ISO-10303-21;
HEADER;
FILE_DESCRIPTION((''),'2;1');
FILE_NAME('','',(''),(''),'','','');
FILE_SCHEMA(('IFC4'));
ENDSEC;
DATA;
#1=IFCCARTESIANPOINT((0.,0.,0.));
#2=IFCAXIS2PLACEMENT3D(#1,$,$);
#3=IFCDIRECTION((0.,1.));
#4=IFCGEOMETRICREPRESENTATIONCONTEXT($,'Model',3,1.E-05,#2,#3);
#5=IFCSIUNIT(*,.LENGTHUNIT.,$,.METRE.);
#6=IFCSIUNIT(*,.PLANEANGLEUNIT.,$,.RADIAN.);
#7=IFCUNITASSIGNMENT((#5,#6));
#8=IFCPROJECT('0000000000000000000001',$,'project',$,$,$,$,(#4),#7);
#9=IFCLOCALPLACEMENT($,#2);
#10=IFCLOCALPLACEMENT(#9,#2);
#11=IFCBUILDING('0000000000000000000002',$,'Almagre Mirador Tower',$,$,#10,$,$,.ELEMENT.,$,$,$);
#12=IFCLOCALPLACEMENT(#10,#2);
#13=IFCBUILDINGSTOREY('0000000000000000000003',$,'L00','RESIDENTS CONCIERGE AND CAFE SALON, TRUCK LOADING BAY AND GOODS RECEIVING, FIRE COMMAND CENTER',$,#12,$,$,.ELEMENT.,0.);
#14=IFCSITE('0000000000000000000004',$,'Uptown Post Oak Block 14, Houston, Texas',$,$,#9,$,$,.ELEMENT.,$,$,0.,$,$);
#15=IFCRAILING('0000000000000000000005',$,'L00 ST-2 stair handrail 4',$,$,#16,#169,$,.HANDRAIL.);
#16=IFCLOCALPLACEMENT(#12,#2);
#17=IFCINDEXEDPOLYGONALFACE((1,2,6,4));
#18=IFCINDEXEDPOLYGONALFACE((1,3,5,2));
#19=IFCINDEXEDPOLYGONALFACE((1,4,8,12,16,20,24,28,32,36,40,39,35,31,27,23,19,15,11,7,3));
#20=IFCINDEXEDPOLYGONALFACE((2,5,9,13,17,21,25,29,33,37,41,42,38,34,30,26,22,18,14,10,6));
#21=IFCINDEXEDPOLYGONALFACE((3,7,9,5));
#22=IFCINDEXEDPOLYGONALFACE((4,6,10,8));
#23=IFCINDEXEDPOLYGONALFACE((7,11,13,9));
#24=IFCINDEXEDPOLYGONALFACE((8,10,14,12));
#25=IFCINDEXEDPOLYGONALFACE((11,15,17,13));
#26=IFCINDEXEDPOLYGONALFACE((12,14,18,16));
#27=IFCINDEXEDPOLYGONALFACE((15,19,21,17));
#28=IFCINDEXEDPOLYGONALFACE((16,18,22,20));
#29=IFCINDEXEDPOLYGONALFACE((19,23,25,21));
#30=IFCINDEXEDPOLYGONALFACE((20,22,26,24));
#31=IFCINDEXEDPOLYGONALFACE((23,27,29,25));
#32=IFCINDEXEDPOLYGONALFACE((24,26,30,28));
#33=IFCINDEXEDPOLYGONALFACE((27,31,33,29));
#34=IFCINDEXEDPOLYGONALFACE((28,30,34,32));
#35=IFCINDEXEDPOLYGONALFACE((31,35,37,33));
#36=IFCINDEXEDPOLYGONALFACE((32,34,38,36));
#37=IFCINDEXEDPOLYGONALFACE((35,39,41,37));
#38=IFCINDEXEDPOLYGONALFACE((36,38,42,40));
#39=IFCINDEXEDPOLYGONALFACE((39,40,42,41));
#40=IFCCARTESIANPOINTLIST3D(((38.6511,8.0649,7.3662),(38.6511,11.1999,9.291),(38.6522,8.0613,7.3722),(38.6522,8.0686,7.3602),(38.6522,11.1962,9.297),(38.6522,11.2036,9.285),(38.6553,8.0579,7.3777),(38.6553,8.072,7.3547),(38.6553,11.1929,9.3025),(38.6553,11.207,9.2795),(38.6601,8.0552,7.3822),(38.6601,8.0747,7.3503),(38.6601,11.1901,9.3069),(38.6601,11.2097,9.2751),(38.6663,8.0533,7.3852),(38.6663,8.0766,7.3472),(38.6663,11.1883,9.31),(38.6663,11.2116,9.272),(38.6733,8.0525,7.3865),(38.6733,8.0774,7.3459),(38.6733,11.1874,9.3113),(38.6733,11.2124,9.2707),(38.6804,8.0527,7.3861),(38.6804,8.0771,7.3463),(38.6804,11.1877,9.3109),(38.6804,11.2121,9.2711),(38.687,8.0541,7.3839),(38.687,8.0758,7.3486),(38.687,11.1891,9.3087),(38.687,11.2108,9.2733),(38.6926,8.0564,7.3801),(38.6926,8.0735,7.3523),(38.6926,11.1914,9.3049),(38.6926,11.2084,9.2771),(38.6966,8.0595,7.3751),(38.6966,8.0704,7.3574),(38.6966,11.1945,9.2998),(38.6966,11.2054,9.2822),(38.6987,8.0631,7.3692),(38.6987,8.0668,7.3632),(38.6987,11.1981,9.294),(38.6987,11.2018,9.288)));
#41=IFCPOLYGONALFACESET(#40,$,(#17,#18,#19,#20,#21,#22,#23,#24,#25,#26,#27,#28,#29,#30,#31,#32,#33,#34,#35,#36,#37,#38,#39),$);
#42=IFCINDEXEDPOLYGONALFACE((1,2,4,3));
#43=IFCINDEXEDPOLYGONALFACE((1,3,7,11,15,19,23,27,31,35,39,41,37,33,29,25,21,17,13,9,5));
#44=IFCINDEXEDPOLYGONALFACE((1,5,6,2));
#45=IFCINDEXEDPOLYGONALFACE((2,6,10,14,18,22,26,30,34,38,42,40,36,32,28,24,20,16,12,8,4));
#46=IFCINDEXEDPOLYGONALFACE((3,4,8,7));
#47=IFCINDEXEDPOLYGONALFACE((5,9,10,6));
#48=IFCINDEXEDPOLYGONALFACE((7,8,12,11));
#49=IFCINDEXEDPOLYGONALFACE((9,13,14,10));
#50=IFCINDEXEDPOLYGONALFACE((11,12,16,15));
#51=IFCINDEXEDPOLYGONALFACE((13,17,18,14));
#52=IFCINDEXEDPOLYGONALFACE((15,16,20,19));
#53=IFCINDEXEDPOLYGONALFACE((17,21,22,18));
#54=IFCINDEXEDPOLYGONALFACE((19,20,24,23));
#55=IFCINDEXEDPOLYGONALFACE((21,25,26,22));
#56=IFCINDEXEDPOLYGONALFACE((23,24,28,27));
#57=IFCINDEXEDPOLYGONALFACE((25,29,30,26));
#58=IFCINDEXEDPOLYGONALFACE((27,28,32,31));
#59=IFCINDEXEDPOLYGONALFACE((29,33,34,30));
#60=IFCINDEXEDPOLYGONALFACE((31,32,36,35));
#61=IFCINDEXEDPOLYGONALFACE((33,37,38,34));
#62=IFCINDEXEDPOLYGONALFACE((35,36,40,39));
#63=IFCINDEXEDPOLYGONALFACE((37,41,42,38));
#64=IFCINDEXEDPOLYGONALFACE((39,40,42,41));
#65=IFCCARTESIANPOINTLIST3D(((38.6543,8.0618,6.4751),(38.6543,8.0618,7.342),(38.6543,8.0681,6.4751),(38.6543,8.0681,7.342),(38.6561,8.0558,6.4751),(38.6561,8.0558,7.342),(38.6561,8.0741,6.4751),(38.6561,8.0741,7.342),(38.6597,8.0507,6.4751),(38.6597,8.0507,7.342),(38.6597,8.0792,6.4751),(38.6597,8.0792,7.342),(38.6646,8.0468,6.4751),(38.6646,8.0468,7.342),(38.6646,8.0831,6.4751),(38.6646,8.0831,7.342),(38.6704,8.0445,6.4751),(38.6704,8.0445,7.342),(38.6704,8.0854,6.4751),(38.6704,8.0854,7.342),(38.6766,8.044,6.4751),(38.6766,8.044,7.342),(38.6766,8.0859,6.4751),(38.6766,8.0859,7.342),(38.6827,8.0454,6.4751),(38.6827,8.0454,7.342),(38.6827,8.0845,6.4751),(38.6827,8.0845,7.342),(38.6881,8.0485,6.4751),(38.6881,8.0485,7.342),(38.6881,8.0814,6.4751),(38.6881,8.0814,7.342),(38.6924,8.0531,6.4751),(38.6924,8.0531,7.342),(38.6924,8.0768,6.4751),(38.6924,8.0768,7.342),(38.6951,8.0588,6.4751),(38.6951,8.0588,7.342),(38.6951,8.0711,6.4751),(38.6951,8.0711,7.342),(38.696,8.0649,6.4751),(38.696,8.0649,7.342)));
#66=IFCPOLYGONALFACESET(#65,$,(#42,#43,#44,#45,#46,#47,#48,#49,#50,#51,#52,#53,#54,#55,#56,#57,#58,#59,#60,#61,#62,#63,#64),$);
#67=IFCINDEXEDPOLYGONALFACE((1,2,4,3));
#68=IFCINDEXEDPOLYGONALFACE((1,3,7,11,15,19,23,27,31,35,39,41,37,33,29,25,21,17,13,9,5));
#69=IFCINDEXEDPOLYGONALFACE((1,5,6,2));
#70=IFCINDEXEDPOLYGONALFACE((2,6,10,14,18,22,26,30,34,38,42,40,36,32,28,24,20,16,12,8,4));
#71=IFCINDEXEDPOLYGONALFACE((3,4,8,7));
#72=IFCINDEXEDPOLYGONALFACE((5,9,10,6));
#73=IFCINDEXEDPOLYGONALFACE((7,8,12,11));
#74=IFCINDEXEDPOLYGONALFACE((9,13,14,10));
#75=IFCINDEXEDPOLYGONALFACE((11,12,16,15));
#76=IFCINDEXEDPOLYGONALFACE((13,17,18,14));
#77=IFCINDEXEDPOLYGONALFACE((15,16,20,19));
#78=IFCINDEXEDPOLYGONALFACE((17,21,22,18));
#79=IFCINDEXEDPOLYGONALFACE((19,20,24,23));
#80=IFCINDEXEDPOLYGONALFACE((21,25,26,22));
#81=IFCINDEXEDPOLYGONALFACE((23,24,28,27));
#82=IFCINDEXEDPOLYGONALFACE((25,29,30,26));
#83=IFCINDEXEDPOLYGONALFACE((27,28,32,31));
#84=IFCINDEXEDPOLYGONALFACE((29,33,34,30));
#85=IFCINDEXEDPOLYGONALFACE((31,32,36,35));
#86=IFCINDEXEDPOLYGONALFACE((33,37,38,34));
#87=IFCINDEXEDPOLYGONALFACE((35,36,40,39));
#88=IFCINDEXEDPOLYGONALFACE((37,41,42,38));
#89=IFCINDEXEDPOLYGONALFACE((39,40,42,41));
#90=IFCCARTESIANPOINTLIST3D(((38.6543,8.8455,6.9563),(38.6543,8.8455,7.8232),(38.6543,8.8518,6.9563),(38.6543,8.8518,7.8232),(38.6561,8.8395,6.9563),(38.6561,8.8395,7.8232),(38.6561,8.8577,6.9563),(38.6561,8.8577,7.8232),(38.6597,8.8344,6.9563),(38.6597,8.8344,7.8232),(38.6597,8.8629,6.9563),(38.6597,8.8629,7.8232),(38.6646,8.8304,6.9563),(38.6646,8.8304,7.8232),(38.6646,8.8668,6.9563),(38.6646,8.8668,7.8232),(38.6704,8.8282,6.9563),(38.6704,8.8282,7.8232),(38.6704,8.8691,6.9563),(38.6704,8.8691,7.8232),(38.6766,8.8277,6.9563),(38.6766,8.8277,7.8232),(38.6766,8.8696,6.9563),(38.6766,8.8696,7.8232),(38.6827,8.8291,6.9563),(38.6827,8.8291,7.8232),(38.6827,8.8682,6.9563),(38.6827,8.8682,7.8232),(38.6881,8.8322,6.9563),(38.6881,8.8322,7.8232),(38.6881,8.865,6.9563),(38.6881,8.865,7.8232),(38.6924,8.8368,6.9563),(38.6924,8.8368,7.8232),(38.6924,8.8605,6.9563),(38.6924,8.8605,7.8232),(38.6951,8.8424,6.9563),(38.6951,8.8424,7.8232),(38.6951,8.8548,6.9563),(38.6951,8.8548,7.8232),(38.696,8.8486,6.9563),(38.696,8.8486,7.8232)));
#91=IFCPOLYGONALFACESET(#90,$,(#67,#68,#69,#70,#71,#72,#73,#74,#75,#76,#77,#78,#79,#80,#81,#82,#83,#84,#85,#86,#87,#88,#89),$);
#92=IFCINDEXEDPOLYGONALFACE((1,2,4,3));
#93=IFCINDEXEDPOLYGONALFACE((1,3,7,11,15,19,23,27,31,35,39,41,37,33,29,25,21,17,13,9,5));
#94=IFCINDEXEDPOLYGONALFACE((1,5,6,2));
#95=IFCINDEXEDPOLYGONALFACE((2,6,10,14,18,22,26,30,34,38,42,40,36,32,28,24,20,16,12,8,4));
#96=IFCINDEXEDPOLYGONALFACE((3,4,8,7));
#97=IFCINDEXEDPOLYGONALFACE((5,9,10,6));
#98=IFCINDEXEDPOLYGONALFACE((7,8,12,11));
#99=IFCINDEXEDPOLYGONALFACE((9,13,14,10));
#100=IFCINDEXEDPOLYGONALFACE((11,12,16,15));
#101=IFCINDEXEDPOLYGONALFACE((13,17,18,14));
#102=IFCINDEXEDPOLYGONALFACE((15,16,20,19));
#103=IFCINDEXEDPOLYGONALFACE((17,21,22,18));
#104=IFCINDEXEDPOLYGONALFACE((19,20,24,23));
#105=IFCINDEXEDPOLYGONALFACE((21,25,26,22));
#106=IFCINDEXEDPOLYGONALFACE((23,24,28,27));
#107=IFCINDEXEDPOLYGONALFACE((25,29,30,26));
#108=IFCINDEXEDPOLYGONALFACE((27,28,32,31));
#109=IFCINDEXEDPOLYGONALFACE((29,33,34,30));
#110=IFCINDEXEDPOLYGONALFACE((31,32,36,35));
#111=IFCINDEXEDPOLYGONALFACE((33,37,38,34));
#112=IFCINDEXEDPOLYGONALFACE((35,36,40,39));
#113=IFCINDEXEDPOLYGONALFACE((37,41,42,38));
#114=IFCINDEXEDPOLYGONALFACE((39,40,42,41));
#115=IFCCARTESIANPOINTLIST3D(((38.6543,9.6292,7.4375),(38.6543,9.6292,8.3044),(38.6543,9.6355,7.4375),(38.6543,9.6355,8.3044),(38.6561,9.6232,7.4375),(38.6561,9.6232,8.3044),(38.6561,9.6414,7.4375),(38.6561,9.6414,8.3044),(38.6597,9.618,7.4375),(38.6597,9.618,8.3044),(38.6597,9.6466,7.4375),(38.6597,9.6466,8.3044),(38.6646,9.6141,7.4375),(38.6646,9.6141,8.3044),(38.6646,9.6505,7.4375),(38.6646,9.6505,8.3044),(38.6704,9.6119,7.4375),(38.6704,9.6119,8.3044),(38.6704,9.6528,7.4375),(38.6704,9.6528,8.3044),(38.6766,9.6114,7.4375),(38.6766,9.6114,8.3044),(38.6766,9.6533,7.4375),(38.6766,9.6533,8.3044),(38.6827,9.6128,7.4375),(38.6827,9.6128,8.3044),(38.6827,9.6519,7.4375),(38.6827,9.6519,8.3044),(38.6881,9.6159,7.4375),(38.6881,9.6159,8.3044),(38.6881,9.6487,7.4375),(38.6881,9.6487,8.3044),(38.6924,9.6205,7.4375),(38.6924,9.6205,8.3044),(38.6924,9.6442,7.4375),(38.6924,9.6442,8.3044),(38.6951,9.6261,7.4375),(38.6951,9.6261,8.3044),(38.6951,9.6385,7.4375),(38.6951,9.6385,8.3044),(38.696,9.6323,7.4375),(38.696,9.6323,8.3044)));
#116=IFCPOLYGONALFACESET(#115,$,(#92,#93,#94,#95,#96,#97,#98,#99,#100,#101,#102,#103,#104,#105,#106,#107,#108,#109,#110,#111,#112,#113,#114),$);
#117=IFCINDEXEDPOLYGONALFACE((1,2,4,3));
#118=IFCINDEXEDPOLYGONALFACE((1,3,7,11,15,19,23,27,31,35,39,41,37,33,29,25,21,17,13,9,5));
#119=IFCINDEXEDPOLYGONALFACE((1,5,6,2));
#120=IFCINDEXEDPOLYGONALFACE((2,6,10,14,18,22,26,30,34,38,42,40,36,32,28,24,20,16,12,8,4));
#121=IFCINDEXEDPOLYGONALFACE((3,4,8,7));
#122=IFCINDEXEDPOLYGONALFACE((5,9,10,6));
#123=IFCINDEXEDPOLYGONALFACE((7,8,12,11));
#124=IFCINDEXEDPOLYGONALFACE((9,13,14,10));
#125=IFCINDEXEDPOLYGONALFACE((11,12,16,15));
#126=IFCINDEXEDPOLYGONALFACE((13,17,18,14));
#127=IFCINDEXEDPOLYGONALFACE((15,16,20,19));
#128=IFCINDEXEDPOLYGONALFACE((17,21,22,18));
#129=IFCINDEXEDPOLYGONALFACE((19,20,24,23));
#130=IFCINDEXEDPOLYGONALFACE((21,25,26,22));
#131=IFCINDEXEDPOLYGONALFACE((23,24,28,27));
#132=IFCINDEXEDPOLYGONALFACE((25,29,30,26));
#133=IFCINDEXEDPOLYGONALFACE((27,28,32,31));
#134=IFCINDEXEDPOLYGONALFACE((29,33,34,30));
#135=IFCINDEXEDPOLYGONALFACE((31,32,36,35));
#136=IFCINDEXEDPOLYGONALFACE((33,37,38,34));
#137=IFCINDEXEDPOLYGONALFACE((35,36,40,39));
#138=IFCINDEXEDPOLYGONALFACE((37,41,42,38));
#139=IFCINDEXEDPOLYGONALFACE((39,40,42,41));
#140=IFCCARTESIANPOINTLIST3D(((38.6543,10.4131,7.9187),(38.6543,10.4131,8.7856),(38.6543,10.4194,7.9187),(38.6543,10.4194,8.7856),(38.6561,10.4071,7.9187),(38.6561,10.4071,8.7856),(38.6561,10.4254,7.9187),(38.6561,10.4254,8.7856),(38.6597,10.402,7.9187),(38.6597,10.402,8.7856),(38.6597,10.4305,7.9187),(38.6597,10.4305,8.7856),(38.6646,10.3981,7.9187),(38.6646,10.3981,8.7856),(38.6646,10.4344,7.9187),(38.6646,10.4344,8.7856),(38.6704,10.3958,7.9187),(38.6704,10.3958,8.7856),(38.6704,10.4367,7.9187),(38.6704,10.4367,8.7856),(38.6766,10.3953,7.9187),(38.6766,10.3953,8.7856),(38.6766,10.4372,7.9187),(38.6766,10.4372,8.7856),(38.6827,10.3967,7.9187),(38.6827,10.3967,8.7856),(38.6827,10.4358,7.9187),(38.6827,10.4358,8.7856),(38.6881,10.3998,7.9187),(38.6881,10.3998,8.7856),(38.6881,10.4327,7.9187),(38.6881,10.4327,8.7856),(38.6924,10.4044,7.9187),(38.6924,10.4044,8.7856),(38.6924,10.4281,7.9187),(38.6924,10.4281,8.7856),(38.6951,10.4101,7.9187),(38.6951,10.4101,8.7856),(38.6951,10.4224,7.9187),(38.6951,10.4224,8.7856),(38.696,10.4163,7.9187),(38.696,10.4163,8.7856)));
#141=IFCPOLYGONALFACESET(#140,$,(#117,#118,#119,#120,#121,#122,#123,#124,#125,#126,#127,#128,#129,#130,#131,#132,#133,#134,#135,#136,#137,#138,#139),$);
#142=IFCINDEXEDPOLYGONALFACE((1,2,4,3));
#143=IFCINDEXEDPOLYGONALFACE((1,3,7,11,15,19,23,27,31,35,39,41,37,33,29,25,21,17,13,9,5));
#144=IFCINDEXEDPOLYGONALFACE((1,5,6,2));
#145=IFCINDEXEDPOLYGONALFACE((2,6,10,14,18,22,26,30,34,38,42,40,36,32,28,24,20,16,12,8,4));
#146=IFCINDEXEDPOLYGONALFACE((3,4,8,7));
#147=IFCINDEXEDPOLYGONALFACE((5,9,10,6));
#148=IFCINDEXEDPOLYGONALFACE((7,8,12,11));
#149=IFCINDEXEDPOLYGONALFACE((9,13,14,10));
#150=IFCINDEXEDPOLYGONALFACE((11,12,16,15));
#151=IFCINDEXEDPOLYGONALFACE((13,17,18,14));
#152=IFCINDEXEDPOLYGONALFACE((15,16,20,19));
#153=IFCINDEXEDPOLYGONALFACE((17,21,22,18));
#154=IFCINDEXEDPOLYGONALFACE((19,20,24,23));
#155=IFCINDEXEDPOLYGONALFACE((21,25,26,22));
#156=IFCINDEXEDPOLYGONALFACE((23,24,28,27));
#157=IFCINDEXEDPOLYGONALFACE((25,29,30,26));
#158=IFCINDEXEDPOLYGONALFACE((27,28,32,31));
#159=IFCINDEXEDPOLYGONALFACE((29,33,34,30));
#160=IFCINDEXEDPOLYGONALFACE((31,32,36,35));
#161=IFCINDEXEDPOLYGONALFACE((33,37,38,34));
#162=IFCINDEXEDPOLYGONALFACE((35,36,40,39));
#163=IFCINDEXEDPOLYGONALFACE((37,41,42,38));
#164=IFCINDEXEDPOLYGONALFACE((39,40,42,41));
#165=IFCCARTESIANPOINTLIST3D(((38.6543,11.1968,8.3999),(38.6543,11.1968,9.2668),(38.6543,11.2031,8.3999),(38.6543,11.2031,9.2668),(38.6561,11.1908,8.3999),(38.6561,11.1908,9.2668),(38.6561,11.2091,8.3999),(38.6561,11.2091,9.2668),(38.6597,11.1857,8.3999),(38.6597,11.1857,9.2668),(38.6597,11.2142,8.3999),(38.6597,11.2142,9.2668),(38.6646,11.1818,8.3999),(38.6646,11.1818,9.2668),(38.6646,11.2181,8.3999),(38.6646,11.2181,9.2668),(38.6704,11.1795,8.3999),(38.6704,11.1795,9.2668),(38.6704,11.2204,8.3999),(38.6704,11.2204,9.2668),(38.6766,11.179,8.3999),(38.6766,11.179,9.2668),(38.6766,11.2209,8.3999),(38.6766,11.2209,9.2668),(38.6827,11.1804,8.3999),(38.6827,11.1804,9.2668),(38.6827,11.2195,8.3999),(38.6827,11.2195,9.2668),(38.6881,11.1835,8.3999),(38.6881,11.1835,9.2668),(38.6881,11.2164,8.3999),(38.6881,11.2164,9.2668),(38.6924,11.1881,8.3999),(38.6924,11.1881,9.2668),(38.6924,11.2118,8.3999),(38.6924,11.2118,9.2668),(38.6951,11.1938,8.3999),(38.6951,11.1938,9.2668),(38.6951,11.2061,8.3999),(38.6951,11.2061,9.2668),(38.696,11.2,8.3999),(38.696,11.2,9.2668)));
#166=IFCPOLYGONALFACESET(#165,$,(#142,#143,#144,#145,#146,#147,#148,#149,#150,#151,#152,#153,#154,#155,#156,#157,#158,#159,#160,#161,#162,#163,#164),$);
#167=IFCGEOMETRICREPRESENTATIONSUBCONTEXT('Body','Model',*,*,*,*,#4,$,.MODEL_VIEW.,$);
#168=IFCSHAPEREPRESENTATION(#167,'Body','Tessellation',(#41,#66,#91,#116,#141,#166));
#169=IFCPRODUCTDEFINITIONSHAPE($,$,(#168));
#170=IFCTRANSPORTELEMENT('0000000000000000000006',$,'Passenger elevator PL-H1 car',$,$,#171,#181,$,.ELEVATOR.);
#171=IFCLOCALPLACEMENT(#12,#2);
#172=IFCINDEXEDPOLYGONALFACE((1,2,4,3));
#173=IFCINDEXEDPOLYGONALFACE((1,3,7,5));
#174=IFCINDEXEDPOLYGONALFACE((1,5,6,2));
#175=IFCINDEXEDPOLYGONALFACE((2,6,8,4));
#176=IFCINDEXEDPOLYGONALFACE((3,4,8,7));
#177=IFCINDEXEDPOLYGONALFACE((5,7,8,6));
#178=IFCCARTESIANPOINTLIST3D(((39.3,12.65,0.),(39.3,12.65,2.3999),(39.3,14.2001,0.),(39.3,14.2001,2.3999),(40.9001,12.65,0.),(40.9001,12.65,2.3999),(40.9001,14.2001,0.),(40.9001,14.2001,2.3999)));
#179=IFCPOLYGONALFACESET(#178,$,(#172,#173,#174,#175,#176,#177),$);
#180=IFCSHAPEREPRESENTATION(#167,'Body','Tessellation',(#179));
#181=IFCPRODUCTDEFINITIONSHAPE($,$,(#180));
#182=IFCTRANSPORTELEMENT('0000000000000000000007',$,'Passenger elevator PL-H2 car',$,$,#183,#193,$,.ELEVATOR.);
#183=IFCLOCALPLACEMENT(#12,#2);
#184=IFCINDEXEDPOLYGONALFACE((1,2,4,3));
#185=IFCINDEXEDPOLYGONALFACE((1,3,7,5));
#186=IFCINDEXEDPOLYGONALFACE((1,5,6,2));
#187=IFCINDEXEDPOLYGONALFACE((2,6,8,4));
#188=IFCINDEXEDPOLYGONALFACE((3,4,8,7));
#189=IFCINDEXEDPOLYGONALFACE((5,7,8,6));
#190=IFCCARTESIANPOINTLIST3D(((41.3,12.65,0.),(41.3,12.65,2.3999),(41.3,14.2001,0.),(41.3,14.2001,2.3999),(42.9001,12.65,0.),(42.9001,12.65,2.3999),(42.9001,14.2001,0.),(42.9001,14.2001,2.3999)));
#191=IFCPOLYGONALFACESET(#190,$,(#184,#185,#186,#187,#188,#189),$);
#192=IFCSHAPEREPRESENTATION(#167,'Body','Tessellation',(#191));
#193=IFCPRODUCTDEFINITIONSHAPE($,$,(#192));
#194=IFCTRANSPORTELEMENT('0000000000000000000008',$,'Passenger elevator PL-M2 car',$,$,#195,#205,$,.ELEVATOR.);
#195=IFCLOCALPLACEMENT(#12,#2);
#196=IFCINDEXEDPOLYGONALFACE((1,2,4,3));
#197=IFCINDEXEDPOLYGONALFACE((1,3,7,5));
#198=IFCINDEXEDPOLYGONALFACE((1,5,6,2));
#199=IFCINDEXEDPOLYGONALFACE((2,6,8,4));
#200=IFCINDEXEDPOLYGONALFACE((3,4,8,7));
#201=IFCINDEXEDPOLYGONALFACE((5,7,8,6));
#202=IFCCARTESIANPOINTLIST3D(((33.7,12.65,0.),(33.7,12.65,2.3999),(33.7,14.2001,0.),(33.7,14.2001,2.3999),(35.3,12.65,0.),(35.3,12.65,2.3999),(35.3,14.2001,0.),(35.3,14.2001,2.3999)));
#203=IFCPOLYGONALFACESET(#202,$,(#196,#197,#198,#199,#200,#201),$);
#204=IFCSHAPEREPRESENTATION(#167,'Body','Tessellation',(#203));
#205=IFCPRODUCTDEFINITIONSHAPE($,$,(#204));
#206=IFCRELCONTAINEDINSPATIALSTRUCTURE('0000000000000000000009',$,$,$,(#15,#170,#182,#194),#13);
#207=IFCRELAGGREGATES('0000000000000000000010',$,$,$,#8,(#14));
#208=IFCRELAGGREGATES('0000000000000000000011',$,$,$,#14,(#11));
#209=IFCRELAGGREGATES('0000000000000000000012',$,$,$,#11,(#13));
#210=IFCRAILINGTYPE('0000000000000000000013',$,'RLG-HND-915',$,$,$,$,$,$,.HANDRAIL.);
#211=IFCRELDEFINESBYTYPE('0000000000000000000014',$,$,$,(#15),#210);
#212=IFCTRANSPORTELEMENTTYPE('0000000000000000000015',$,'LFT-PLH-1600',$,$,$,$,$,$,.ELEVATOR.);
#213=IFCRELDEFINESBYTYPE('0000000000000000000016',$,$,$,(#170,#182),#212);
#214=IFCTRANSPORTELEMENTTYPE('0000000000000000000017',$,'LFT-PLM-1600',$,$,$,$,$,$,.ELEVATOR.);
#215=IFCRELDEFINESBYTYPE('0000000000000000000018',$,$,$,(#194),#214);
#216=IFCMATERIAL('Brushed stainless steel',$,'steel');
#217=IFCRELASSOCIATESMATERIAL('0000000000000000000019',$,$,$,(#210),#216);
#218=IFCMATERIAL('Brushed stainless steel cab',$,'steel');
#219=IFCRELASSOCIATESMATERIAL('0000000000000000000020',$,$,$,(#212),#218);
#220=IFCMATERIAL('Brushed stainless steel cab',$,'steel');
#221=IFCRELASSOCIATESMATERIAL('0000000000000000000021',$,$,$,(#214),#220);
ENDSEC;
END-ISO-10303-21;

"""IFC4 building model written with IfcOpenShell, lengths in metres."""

from ifc_helpers import new_model, si_unit, direction, frame, origin, origin_2d, place, context, subcontext, project, spatial, rectangle, circle, extrude, material, type_object, element, save


model = new_model("IFC4")

# Units and contexts
model_context = context("Model", 3, precision=1e-05, world=origin(), true_north=direction((0.0, 1.0)))
body_context = subcontext(model_context, "Body", "Model", "MODEL_VIEW")
ifc_project = project(units=[si_unit("LENGTHUNIT", "METRE"), si_unit("PLANEANGLEUNIT", "RADIAN")], contexts=[model_context])

# Site, building, storey
site_placement = place(None, origin())
site = spatial("IfcSite", under=ifc_project, at=site_placement, Name="Uptown Post Oak Block 14, Houston, Texas", CompositionType="ELEMENT", RefElevation=0.0)
building_placement = place(site_placement, origin())
building = spatial("IfcBuilding", under=site, at=building_placement, Name="Almagre Mirador Tower", CompositionType="ELEMENT")
storey_placement = place(building_placement, origin())
storey = spatial("IfcBuildingStorey", under=building, at=storey_placement, Name="L00", Description="RESIDENTS CONCIERGE AND CAFE SALON, TRUCK LOADING BAY AND GOODS RECEIVING, FIRE COMMAND CENTER", CompositionType="ELEMENT", Elevation=0.0)

# Railing
ifc_material_1 = material(Name="Brushed stainless steel", Category="steel")
railing_type_1 = type_object("IfcRailingType", Name="RLG-HND-915", PredefinedType="HANDRAIL", material=ifc_material_1)
railing_1_placement = place(storey_placement, frame((38.675, 8.0649, 6.4751)))
element("IfcRailing", 1, at=railing_1_placement, inside=storey, type_object=railing_type_1, Name="L00 ST-2 stair handrail 4", PredefinedType="HANDRAIL", context=body_context, shape_type="SweptSolid", body=[
    extrude(circle(Radius=0.0239, at=origin_2d()), frame((0.0, 0.0, 0.8911), z_axis=(0.0, 0.852196, 0.523223), x_axis=(-1.0, 0.0, 0.0)), (0.0, 0.0, 1.0), 3.6787),
    extrude(circle(Radius=0.021, at=origin_2d()), origin(), (0.0, 0.0, 1.0), 0.8669),
    extrude(circle(Radius=0.021, at=origin_2d()), frame((0.0, 0.7837, 0.4812)), (0.0, 0.0, 1.0), 0.8669),
    extrude(circle(Radius=0.021, at=origin_2d()), frame((0.0, 1.5674, 0.9624)), (0.0, 0.0, 1.0), 0.8669),
    extrude(circle(Radius=0.021, at=origin_2d()), frame((0.0, 2.3513, 1.4436)), (0.0, 0.0, 1.0), 0.8669),
    extrude(circle(Radius=0.021, at=origin_2d()), frame((0.0, 3.135, 1.9248)), (0.0, 0.0, 1.0), 0.8669),
])

# Transport elements
ifc_material_2 = material(Name="Brushed stainless steel cab", Category="steel")
transport_element_type_1 = type_object("IfcTransportElementType", Name="LFT-PLH-1600", PredefinedType="ELEVATOR", material=ifc_material_2)
for number, where, z_axis, x_axis, name in (
    (2, (40.1001, 13.425, 0.0), (0.0, 0.0, 1.0), (1.0, 0.0, 0.0), "Passenger elevator PL-H1 car"),
    (3, (42.1001, 13.425, 0.0), (0.0, 0.0, 1.0), (1.0, 0.0, 0.0), "Passenger elevator PL-H2 car"),
):
    element("IfcTransportElement", number, at=place(storey_placement, frame(where, z_axis=z_axis, x_axis=x_axis)), inside=storey, type_object=transport_element_type_1, Name=name, PredefinedType="ELEVATOR", context=body_context, shape_type="SweptSolid", body=[
        extrude(rectangle(XDim=1.6001, YDim=1.55, at=origin_2d()), origin(), (0.0, 0.0, 1.0), 2.3999),
    ])
ifc_material_3 = material(Name="Brushed stainless steel cab", Category="steel")
transport_element_type_2 = type_object("IfcTransportElementType", Name="LFT-PLM-1600", PredefinedType="ELEVATOR", material=ifc_material_3)
transport_element_placement = place(storey_placement, frame((34.5, 13.425, 0.0), z_axis=(0.0, 0.0, 1.0), x_axis=(1.0, 0.0, 0.0)))
element("IfcTransportElement", 4, at=transport_element_placement, inside=storey, type_object=transport_element_type_2, Name="Passenger elevator PL-M2 car", PredefinedType="ELEVATOR", context=body_context, shape_type="SweptSolid", body=[
    extrude(rectangle(XDim=1.6001, YDim=1.55, at=origin_2d()), origin(), (0.0, 0.0, 1.0), 2.3999),
])

save(model, "model.ifc")
